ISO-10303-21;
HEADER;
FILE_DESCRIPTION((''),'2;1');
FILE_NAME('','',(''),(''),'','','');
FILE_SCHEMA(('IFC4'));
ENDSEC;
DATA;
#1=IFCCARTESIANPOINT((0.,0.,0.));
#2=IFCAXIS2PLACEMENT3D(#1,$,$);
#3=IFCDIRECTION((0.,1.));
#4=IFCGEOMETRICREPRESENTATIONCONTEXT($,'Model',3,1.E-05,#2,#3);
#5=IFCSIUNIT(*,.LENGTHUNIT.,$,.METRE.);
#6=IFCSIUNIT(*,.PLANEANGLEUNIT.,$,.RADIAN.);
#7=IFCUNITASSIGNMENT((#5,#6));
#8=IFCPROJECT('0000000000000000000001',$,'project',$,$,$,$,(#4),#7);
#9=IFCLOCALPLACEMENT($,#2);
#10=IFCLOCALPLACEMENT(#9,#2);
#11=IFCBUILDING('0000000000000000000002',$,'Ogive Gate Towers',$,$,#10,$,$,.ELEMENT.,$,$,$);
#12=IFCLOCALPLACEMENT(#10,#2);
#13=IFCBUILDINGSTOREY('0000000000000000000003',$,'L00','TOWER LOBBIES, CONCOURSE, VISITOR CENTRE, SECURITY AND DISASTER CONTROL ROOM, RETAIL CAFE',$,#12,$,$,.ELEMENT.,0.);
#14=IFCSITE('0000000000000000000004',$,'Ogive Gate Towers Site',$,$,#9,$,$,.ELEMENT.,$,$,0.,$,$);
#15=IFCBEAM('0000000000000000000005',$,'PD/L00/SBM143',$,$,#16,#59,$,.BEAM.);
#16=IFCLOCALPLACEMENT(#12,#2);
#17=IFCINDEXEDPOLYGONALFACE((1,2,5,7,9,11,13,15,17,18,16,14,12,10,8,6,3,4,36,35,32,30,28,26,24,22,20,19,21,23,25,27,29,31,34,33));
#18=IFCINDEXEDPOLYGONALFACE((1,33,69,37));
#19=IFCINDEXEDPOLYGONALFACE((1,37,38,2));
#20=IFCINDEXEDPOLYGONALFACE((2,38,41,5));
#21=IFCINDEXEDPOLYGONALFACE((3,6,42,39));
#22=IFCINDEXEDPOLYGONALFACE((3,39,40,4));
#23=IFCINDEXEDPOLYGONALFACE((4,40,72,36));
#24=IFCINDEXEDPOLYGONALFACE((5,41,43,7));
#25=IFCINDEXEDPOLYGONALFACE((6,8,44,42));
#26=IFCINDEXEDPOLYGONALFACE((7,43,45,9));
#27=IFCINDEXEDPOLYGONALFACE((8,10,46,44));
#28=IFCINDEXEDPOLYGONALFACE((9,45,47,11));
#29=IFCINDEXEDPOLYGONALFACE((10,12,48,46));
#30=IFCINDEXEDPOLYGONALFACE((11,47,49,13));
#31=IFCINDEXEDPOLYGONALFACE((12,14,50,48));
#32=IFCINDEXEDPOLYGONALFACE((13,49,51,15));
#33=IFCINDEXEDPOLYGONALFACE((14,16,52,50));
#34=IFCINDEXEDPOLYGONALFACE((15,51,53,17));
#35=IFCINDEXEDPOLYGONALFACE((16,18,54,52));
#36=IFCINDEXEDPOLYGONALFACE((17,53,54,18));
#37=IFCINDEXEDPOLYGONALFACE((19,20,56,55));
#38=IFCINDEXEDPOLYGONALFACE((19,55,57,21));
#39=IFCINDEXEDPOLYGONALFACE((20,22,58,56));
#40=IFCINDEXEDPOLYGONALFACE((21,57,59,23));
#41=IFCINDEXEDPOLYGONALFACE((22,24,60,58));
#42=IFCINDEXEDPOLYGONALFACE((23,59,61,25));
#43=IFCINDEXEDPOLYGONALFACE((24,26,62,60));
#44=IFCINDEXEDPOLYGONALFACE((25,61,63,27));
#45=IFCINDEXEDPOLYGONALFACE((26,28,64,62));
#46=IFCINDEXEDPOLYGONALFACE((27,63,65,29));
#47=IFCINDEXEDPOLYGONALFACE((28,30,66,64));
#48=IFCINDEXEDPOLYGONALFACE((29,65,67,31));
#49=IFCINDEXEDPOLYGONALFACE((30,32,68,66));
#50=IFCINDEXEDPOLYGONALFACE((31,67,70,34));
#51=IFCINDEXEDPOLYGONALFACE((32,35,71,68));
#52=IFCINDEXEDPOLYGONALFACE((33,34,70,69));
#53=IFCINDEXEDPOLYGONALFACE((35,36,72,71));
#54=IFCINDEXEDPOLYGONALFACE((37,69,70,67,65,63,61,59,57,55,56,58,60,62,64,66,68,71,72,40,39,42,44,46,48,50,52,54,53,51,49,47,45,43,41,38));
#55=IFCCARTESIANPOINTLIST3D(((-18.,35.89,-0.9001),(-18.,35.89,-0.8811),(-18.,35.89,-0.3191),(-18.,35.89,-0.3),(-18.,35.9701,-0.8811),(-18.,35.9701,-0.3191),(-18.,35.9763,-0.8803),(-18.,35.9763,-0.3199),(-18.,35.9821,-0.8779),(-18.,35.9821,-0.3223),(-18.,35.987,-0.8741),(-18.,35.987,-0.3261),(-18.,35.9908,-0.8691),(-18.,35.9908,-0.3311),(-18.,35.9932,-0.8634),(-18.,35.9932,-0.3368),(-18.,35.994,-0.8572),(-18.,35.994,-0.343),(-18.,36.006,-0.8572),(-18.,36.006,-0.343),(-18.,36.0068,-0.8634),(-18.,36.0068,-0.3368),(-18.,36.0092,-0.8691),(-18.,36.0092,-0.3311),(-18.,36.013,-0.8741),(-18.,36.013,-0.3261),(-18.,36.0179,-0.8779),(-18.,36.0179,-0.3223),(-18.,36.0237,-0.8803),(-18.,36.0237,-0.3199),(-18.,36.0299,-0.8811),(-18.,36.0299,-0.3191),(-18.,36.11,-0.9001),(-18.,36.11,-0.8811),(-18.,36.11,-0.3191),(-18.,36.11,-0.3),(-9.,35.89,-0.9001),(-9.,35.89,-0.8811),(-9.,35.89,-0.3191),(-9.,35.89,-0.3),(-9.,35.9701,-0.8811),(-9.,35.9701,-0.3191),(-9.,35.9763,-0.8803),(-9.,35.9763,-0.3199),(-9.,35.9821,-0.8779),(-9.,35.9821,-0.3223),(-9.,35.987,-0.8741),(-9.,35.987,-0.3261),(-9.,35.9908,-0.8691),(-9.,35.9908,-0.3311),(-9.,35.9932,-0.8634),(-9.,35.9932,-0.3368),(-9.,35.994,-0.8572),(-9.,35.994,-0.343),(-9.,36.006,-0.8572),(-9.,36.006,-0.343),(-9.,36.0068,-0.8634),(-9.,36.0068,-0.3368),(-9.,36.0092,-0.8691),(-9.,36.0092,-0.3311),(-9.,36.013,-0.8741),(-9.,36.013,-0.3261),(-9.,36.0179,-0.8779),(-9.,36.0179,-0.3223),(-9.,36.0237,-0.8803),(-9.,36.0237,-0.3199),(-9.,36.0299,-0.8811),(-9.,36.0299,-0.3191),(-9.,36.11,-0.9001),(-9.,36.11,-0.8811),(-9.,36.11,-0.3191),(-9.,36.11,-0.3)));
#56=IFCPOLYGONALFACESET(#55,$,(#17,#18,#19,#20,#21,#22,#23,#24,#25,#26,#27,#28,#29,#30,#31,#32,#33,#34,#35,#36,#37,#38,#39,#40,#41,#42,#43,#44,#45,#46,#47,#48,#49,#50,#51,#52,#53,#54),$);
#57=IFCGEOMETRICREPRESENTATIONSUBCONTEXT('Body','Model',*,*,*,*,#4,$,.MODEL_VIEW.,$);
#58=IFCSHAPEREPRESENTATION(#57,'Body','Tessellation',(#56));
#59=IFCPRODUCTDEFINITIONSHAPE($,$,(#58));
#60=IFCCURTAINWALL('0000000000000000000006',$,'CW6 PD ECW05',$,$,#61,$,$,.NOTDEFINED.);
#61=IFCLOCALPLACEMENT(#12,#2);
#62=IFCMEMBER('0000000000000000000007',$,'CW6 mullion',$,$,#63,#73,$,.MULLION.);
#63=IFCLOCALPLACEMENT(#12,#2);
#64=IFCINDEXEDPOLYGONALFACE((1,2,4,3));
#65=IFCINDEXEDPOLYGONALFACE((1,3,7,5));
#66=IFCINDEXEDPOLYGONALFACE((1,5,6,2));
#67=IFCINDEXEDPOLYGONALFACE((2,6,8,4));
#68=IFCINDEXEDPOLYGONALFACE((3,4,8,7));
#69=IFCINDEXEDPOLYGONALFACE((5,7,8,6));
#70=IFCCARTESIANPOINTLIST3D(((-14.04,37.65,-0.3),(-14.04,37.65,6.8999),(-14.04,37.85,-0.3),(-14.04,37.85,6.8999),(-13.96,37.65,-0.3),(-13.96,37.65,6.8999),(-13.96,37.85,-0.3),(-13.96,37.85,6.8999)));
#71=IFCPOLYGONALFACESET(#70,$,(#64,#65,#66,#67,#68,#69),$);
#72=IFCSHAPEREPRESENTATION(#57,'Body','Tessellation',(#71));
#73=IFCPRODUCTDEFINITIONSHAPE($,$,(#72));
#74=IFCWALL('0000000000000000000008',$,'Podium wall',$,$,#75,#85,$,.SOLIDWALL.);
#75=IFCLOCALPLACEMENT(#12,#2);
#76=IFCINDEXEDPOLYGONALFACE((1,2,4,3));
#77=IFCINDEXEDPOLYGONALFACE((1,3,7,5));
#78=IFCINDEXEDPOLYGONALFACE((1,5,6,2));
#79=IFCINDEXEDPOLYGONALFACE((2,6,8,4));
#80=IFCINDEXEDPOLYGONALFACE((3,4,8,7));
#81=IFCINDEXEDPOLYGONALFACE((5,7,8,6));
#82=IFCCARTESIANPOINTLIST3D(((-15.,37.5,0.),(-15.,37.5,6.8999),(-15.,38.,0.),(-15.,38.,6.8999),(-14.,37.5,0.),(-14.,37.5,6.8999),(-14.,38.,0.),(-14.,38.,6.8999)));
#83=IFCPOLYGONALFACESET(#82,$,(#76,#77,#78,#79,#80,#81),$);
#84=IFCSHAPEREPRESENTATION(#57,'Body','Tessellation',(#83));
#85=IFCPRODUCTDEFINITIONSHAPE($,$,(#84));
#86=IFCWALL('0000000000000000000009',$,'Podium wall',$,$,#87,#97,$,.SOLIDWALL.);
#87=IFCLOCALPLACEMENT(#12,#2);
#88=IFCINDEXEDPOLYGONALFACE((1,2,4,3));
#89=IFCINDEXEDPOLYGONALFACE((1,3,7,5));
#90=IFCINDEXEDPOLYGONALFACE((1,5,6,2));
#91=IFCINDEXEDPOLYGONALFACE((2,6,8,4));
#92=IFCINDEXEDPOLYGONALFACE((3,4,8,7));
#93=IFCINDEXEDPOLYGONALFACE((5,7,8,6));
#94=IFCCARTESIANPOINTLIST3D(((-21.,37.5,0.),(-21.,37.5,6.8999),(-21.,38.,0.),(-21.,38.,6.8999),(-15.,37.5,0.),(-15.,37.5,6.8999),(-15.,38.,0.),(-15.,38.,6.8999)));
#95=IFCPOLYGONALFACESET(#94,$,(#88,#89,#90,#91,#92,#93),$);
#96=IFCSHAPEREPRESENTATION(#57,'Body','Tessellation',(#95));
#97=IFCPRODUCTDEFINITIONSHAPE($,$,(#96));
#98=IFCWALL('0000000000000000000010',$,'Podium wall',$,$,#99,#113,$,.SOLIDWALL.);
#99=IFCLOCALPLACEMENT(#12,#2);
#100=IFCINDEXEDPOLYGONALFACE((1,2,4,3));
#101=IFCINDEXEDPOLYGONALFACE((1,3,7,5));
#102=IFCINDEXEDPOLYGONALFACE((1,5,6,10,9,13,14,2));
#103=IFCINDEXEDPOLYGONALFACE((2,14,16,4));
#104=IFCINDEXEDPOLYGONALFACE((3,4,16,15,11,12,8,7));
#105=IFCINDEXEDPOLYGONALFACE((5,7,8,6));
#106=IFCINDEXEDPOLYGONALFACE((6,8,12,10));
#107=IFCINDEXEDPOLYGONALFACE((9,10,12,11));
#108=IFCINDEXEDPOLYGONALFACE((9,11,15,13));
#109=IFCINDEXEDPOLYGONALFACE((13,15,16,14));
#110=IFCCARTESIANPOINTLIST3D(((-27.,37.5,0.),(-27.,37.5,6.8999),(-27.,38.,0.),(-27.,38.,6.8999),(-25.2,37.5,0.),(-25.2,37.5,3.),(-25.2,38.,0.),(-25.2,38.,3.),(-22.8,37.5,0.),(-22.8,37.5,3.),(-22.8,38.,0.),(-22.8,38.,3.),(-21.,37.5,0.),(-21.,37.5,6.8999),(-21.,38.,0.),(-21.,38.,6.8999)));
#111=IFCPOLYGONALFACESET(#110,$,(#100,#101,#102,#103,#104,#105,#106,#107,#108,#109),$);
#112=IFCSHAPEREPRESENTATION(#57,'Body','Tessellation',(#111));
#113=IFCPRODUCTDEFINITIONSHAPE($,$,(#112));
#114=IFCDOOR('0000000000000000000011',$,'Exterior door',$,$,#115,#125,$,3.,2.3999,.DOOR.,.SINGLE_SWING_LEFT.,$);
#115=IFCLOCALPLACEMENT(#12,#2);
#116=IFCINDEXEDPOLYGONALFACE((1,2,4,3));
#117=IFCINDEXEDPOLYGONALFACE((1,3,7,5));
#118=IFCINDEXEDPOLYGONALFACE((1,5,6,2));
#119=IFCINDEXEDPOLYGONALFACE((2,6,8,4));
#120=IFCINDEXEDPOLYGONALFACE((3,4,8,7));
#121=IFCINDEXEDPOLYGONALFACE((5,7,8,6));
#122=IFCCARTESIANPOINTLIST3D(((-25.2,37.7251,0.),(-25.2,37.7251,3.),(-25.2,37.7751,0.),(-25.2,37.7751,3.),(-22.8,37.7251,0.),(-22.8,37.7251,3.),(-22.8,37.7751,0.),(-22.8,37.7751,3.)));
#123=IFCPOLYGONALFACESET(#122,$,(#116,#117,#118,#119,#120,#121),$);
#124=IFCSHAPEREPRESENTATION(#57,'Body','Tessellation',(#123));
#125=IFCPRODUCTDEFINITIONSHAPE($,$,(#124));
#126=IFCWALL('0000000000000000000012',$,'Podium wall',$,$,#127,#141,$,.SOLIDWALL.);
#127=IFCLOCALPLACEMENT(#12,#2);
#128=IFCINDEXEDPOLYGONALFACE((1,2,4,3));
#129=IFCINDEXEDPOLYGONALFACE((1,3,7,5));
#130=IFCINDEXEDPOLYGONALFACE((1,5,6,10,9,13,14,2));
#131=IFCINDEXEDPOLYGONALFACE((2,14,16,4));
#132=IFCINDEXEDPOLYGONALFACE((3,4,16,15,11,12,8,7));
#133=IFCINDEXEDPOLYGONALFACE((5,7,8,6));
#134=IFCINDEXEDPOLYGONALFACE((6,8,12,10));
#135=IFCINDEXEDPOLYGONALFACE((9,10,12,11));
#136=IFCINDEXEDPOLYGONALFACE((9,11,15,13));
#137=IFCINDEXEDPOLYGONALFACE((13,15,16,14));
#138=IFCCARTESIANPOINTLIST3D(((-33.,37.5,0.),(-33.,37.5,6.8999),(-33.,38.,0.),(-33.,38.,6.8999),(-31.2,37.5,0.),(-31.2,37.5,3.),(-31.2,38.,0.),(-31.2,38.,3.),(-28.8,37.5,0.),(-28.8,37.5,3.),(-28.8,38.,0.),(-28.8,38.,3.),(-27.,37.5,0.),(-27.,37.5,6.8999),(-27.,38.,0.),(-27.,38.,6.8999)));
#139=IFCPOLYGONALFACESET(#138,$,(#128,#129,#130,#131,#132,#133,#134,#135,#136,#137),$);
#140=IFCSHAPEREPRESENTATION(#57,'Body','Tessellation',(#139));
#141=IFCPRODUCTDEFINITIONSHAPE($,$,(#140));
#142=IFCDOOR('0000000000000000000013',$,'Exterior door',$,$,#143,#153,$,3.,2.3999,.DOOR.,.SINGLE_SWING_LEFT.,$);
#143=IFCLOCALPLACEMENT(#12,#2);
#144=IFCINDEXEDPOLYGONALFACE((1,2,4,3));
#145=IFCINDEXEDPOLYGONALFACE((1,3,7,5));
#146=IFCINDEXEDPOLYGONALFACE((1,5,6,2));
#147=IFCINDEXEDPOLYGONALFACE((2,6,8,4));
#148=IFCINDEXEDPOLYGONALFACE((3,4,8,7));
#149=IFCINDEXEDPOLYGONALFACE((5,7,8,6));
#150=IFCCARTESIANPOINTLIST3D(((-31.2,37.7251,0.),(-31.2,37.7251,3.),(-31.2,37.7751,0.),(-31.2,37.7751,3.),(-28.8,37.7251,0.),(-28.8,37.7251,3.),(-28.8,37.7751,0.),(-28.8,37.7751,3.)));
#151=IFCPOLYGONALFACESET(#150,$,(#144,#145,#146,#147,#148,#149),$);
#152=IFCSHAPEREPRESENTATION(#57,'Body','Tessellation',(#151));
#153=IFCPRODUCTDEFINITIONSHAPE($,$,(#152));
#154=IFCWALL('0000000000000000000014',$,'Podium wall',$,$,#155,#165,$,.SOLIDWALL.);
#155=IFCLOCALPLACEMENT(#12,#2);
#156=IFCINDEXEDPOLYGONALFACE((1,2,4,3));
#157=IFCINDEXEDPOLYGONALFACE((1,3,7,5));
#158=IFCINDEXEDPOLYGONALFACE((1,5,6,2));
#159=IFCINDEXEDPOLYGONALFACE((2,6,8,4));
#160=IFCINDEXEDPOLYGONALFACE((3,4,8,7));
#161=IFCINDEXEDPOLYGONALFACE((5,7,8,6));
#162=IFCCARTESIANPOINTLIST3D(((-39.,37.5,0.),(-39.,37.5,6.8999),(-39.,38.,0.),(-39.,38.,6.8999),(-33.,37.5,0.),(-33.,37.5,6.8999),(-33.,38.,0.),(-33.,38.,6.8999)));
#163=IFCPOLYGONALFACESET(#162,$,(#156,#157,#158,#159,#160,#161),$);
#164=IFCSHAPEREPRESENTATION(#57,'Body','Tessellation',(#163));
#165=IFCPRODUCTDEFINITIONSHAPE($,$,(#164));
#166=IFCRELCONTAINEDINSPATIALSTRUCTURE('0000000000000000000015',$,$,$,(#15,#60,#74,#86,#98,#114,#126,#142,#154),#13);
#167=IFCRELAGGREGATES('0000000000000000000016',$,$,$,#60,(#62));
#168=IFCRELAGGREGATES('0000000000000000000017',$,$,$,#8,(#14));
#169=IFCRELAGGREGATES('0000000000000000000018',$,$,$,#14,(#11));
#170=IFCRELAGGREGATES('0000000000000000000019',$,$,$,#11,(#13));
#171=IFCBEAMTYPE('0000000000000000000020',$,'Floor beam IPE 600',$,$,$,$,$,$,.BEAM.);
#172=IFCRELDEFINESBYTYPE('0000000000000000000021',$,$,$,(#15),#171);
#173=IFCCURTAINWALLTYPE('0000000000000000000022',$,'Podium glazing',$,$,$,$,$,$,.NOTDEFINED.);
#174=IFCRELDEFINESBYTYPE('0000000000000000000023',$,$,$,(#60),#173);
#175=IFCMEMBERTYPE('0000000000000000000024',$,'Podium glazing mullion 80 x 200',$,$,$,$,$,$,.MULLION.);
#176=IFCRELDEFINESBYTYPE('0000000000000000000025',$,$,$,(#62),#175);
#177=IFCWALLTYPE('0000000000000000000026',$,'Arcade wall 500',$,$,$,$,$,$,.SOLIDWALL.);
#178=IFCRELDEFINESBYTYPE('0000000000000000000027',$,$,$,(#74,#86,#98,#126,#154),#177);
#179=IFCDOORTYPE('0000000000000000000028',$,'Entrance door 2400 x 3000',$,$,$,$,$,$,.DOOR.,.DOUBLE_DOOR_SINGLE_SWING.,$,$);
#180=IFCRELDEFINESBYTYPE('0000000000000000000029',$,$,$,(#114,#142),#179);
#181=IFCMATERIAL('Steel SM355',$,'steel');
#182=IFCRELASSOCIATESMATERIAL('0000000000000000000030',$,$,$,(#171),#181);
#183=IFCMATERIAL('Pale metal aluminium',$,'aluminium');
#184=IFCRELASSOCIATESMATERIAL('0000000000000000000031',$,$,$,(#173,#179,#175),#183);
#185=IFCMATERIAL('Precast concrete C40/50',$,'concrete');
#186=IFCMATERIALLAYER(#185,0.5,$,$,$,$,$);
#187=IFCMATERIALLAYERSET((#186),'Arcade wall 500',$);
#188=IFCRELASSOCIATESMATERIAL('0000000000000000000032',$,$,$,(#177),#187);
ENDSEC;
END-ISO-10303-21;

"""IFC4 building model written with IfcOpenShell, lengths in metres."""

from ifc_helpers import new_model, si_unit, direction, frame, frame_2d, origin, origin_2d, place, context, subcontext, project, spatial, rectangle, i_section, extrude, material, layer, layer_set, material_profile, profile_set, type_object, element, fill, aggregate, save


model = new_model("IFC4")

# Units and contexts
model_context = context("Model", 3, precision=1e-05, world=origin(), true_north=direction((0.0, 1.0)))
body_context = subcontext(model_context, "Body", "Model", "MODEL_VIEW")
ifc_project = project(units=[si_unit("LENGTHUNIT", "METRE"), si_unit("PLANEANGLEUNIT", "RADIAN")], contexts=[model_context])

# Site, building, storey
site_placement = place(None, origin())
site = spatial("IfcSite", under=ifc_project, at=site_placement, Name="Ogive Gate Towers Site", CompositionType="ELEMENT", RefElevation=0.0)
building_placement = place(site_placement, origin())
building = spatial("IfcBuilding", under=site, at=building_placement, Name="Ogive Gate Towers", CompositionType="ELEMENT")
storey_placement = place(building_placement, origin())
storey = spatial("IfcBuildingStorey", under=building, at=storey_placement, Name="L00", Description="TOWER LOBBIES, CONCOURSE, VISITOR CENTRE, SECURITY AND DISASTER CONTROL ROOM, RETAIL CAFE", CompositionType="ELEMENT", Elevation=0.0)

# Shared definitions
ifc_material_1 = material(Name="Precast concrete C40/50", Category="concrete")

# Beam
ifc_material_2 = material(Name="Steel SM355", Category="steel")
ifc_material_profile_1 = material_profile(ifc_material_2, i_section(OverallWidth=0.22, OverallDepth=0.6001, WebThickness=0.012, FlangeThickness=0.019, FilletRadius=0.0239, at=origin_2d()), Name="IPE 600")
ifc_profile_set_1 = profile_set([ifc_material_profile_1], Name="Steel SM355")
beam_type = type_object("IfcBeamType", Name="Floor beam IPE 600", PredefinedType="BEAM", material=ifc_profile_set_1)
for number, where, z_axis, x_axis, name in (
    (1, (-18.0, 36.0, -0.6001), (1.0, 0.0, 0.0), (0.0, 1.0, 0.0), "PD/L00/SBM143"),
):
    element("IfcBeam", number, at=place(storey_placement, frame(where, z_axis=z_axis, x_axis=x_axis)), inside=storey, type_object=beam_type, Name=name, PredefinedType="BEAM", context=body_context, shape_type="SweptSolid", body=[
        extrude(i_section(OverallWidth=0.22, OverallDepth=0.6001, WebThickness=0.012, FlangeThickness=0.019, FilletRadius=0.0239, at=origin_2d()), origin(), (0.0, 0.0, 1.0), 9.0),
    ])

# Curtain wall, member
ifc_material_3 = material(Name="Pale metal aluminium", Category="aluminium")
curtain_wall_type = type_object("IfcCurtainWallType", Name="Podium glazing", PredefinedType="NOTDEFINED", material=ifc_material_3)
curtain_wall_placement = place(storey_placement, origin())
curtain_wall = element("IfcCurtainWall", 2, at=curtain_wall_placement, inside=storey, type_object=curtain_wall_type, Name="CW6 PD ECW05", PredefinedType="NOTDEFINED")
ifc_material_profile_2 = material_profile(ifc_material_3, rectangle(XDim=0.2, YDim=0.0801, at=origin_2d()), Name="80 x 200 aluminium box")
ifc_profile_set_2 = profile_set([ifc_material_profile_2], Name="Pale metal aluminium")
member_type_1 = type_object("IfcMemberType", Name="Podium glazing mullion 80 x 200", PredefinedType="MULLION", material=ifc_profile_set_2)
member_1_placement = place(storey_placement, frame((-14.0, 37.75, -0.3), z_axis=(0.0, 0.0, 1.0), x_axis=(0.0, 1.0, 0.0)))
member_1 = element("IfcMember", 3, at=member_1_placement, type_object=member_type_1, Name="CW6 mullion", PredefinedType="MULLION", context=body_context, shape_type="SweptSolid", body=[
    extrude(rectangle(XDim=0.2, YDim=0.0801, at=origin_2d()), origin(), (0.0, 0.0, 1.0), 7.2),
])
aggregate(curtain_wall, [member_1])

# Walls
ifc_layer = layer(ifc_material_1, 0.5)
ifc_layer_set = layer_set([ifc_layer], Name="Arcade wall 500")
wall_type = type_object("IfcWallType", Name="Arcade wall 500", PredefinedType="SOLIDWALL", material=ifc_layer_set)
wall_1_placement = place(storey_placement, frame((-14.0, 37.75, 0.0), z_axis=(0.0, 0.0, 1.0), x_axis=(-1.0, 0.0, 0.0)))
element("IfcWall", 4, at=wall_1_placement, inside=storey, type_object=wall_type, Name="Podium wall", PredefinedType="SOLIDWALL", context=body_context, shape_type="SweptSolid", body=[
    extrude(rectangle(XDim=1.0, YDim=0.5, at=frame_2d((0.5, 0.0))), origin(), (0.0, 0.0, 1.0), 6.8999),
])
wall_2_placement = place(storey_placement, frame((-15.0, 37.75, 0.0), z_axis=(0.0, 0.0, 1.0), x_axis=(-1.0, 0.0, 0.0)))
element("IfcWall", 5, at=wall_2_placement, inside=storey, type_object=wall_type, Name="Podium wall", PredefinedType="SOLIDWALL", context=body_context, shape_type="SweptSolid", body=[
    extrude(rectangle(XDim=6.0, YDim=0.5, at=frame_2d((3.0, 0.0))), origin(), (0.0, 0.0, 1.0), 6.8999),
])

# Walls, openings, doors
wall_3_placement = place(storey_placement, frame((-21.0, 37.75, 0.0), z_axis=(0.0, 0.0, 1.0), x_axis=(-1.0, 0.0, 0.0)))
wall_3 = element("IfcWall", 6, at=wall_3_placement, inside=storey, type_object=wall_type, Name="Podium wall", PredefinedType="SOLIDWALL", context=body_context, shape_type="SweptSolid", body=[
    extrude(rectangle(XDim=6.0, YDim=0.5, at=frame_2d((3.0, 0.0))), origin(), (0.0, 0.0, 1.0), 6.8999),
])
opening_1_placement = place(wall_3_placement, frame((1.8, 0.0, 0.0)))
opening_1 = element("IfcOpeningElement", 7, at=opening_1_placement, cuts=wall_3, PredefinedType="OPENING", context=body_context, shape_type="SweptSolid", body=[
    extrude(rectangle(XDim=2.3999, YDim=3.0, at=frame_2d((1.2, 1.5))), frame((0.0, 0.26, 0.0), z_axis=(0.0, -1.0, 0.0), x_axis=(1.0, 0.0, 0.0)), (0.0, 0.0, 1.0), 0.52),
])
door_type = type_object("IfcDoorType", Name="Entrance door 2400 x 3000", OperationType="DOUBLE_DOOR_SINGLE_SWING", PredefinedType="DOOR", material=ifc_material_3)
door_1_placement = place(opening_1_placement, origin())
door_1 = element("IfcDoor", 8, at=door_1_placement, inside=storey, type_object=door_type, Name="Exterior door", OperationType="SINGLE_SWING_LEFT", OverallHeight=3.0, OverallWidth=2.3999, PredefinedType="DOOR", context=body_context, shape_type="SweptSolid", body=[
    extrude(rectangle(XDim=2.3999, YDim=3.0, at=frame_2d((1.2, 1.5))), frame((0.0, 0.0249, 0.0), z_axis=(0.0, -1.0, 0.0), x_axis=(1.0, 0.0, 0.0)), (0.0, 0.0, 1.0), 0.05),
])
fill(opening_1, door_1)
wall_4_placement = place(storey_placement, frame((-27.0, 37.75, 0.0), z_axis=(0.0, 0.0, 1.0), x_axis=(-1.0, 0.0, 0.0)))
wall_4 = element("IfcWall", 9, at=wall_4_placement, inside=storey, type_object=wall_type, Name="Podium wall", PredefinedType="SOLIDWALL", context=body_context, shape_type="SweptSolid", body=[
    extrude(rectangle(XDim=6.0, YDim=0.5, at=frame_2d((3.0, 0.0))), origin(), (0.0, 0.0, 1.0), 6.8999),
])
opening_2_placement = place(wall_4_placement, frame((1.8, 0.0, 0.0)))
opening_2 = element("IfcOpeningElement", 10, at=opening_2_placement, cuts=wall_4, PredefinedType="OPENING", context=body_context, shape_type="SweptSolid", body=[
    extrude(rectangle(XDim=2.3999, YDim=3.0, at=frame_2d((1.2, 1.5))), frame((0.0, 0.26, 0.0), z_axis=(0.0, -1.0, 0.0), x_axis=(1.0, 0.0, 0.0)), (0.0, 0.0, 1.0), 0.52),
])
door_2_placement = place(opening_2_placement, origin())
door_2 = element("IfcDoor", 11, at=door_2_placement, inside=storey, type_object=door_type, Name="Exterior door", OperationType="SINGLE_SWING_LEFT", OverallHeight=3.0, OverallWidth=2.3999, PredefinedType="DOOR", context=body_context, shape_type="SweptSolid", body=[
    extrude(rectangle(XDim=2.3999, YDim=3.0, at=frame_2d((1.2, 1.5))), frame((0.0, 0.0249, 0.0), z_axis=(0.0, -1.0, 0.0), x_axis=(1.0, 0.0, 0.0)), (0.0, 0.0, 1.0), 0.05),
])
fill(opening_2, door_2)

# Wall
wall_5_placement = place(storey_placement, frame((-33.0, 37.75, 0.0), z_axis=(0.0, 0.0, 1.0), x_axis=(-1.0, 0.0, 0.0)))
element("IfcWall", 12, at=wall_5_placement, inside=storey, type_object=wall_type, Name="Podium wall", PredefinedType="SOLIDWALL", context=body_context, shape_type="SweptSolid", body=[
    extrude(rectangle(XDim=6.0, YDim=0.5, at=frame_2d((3.0, 0.0))), origin(), (0.0, 0.0, 1.0), 6.8999),
])

save(model, "model.ifc")
